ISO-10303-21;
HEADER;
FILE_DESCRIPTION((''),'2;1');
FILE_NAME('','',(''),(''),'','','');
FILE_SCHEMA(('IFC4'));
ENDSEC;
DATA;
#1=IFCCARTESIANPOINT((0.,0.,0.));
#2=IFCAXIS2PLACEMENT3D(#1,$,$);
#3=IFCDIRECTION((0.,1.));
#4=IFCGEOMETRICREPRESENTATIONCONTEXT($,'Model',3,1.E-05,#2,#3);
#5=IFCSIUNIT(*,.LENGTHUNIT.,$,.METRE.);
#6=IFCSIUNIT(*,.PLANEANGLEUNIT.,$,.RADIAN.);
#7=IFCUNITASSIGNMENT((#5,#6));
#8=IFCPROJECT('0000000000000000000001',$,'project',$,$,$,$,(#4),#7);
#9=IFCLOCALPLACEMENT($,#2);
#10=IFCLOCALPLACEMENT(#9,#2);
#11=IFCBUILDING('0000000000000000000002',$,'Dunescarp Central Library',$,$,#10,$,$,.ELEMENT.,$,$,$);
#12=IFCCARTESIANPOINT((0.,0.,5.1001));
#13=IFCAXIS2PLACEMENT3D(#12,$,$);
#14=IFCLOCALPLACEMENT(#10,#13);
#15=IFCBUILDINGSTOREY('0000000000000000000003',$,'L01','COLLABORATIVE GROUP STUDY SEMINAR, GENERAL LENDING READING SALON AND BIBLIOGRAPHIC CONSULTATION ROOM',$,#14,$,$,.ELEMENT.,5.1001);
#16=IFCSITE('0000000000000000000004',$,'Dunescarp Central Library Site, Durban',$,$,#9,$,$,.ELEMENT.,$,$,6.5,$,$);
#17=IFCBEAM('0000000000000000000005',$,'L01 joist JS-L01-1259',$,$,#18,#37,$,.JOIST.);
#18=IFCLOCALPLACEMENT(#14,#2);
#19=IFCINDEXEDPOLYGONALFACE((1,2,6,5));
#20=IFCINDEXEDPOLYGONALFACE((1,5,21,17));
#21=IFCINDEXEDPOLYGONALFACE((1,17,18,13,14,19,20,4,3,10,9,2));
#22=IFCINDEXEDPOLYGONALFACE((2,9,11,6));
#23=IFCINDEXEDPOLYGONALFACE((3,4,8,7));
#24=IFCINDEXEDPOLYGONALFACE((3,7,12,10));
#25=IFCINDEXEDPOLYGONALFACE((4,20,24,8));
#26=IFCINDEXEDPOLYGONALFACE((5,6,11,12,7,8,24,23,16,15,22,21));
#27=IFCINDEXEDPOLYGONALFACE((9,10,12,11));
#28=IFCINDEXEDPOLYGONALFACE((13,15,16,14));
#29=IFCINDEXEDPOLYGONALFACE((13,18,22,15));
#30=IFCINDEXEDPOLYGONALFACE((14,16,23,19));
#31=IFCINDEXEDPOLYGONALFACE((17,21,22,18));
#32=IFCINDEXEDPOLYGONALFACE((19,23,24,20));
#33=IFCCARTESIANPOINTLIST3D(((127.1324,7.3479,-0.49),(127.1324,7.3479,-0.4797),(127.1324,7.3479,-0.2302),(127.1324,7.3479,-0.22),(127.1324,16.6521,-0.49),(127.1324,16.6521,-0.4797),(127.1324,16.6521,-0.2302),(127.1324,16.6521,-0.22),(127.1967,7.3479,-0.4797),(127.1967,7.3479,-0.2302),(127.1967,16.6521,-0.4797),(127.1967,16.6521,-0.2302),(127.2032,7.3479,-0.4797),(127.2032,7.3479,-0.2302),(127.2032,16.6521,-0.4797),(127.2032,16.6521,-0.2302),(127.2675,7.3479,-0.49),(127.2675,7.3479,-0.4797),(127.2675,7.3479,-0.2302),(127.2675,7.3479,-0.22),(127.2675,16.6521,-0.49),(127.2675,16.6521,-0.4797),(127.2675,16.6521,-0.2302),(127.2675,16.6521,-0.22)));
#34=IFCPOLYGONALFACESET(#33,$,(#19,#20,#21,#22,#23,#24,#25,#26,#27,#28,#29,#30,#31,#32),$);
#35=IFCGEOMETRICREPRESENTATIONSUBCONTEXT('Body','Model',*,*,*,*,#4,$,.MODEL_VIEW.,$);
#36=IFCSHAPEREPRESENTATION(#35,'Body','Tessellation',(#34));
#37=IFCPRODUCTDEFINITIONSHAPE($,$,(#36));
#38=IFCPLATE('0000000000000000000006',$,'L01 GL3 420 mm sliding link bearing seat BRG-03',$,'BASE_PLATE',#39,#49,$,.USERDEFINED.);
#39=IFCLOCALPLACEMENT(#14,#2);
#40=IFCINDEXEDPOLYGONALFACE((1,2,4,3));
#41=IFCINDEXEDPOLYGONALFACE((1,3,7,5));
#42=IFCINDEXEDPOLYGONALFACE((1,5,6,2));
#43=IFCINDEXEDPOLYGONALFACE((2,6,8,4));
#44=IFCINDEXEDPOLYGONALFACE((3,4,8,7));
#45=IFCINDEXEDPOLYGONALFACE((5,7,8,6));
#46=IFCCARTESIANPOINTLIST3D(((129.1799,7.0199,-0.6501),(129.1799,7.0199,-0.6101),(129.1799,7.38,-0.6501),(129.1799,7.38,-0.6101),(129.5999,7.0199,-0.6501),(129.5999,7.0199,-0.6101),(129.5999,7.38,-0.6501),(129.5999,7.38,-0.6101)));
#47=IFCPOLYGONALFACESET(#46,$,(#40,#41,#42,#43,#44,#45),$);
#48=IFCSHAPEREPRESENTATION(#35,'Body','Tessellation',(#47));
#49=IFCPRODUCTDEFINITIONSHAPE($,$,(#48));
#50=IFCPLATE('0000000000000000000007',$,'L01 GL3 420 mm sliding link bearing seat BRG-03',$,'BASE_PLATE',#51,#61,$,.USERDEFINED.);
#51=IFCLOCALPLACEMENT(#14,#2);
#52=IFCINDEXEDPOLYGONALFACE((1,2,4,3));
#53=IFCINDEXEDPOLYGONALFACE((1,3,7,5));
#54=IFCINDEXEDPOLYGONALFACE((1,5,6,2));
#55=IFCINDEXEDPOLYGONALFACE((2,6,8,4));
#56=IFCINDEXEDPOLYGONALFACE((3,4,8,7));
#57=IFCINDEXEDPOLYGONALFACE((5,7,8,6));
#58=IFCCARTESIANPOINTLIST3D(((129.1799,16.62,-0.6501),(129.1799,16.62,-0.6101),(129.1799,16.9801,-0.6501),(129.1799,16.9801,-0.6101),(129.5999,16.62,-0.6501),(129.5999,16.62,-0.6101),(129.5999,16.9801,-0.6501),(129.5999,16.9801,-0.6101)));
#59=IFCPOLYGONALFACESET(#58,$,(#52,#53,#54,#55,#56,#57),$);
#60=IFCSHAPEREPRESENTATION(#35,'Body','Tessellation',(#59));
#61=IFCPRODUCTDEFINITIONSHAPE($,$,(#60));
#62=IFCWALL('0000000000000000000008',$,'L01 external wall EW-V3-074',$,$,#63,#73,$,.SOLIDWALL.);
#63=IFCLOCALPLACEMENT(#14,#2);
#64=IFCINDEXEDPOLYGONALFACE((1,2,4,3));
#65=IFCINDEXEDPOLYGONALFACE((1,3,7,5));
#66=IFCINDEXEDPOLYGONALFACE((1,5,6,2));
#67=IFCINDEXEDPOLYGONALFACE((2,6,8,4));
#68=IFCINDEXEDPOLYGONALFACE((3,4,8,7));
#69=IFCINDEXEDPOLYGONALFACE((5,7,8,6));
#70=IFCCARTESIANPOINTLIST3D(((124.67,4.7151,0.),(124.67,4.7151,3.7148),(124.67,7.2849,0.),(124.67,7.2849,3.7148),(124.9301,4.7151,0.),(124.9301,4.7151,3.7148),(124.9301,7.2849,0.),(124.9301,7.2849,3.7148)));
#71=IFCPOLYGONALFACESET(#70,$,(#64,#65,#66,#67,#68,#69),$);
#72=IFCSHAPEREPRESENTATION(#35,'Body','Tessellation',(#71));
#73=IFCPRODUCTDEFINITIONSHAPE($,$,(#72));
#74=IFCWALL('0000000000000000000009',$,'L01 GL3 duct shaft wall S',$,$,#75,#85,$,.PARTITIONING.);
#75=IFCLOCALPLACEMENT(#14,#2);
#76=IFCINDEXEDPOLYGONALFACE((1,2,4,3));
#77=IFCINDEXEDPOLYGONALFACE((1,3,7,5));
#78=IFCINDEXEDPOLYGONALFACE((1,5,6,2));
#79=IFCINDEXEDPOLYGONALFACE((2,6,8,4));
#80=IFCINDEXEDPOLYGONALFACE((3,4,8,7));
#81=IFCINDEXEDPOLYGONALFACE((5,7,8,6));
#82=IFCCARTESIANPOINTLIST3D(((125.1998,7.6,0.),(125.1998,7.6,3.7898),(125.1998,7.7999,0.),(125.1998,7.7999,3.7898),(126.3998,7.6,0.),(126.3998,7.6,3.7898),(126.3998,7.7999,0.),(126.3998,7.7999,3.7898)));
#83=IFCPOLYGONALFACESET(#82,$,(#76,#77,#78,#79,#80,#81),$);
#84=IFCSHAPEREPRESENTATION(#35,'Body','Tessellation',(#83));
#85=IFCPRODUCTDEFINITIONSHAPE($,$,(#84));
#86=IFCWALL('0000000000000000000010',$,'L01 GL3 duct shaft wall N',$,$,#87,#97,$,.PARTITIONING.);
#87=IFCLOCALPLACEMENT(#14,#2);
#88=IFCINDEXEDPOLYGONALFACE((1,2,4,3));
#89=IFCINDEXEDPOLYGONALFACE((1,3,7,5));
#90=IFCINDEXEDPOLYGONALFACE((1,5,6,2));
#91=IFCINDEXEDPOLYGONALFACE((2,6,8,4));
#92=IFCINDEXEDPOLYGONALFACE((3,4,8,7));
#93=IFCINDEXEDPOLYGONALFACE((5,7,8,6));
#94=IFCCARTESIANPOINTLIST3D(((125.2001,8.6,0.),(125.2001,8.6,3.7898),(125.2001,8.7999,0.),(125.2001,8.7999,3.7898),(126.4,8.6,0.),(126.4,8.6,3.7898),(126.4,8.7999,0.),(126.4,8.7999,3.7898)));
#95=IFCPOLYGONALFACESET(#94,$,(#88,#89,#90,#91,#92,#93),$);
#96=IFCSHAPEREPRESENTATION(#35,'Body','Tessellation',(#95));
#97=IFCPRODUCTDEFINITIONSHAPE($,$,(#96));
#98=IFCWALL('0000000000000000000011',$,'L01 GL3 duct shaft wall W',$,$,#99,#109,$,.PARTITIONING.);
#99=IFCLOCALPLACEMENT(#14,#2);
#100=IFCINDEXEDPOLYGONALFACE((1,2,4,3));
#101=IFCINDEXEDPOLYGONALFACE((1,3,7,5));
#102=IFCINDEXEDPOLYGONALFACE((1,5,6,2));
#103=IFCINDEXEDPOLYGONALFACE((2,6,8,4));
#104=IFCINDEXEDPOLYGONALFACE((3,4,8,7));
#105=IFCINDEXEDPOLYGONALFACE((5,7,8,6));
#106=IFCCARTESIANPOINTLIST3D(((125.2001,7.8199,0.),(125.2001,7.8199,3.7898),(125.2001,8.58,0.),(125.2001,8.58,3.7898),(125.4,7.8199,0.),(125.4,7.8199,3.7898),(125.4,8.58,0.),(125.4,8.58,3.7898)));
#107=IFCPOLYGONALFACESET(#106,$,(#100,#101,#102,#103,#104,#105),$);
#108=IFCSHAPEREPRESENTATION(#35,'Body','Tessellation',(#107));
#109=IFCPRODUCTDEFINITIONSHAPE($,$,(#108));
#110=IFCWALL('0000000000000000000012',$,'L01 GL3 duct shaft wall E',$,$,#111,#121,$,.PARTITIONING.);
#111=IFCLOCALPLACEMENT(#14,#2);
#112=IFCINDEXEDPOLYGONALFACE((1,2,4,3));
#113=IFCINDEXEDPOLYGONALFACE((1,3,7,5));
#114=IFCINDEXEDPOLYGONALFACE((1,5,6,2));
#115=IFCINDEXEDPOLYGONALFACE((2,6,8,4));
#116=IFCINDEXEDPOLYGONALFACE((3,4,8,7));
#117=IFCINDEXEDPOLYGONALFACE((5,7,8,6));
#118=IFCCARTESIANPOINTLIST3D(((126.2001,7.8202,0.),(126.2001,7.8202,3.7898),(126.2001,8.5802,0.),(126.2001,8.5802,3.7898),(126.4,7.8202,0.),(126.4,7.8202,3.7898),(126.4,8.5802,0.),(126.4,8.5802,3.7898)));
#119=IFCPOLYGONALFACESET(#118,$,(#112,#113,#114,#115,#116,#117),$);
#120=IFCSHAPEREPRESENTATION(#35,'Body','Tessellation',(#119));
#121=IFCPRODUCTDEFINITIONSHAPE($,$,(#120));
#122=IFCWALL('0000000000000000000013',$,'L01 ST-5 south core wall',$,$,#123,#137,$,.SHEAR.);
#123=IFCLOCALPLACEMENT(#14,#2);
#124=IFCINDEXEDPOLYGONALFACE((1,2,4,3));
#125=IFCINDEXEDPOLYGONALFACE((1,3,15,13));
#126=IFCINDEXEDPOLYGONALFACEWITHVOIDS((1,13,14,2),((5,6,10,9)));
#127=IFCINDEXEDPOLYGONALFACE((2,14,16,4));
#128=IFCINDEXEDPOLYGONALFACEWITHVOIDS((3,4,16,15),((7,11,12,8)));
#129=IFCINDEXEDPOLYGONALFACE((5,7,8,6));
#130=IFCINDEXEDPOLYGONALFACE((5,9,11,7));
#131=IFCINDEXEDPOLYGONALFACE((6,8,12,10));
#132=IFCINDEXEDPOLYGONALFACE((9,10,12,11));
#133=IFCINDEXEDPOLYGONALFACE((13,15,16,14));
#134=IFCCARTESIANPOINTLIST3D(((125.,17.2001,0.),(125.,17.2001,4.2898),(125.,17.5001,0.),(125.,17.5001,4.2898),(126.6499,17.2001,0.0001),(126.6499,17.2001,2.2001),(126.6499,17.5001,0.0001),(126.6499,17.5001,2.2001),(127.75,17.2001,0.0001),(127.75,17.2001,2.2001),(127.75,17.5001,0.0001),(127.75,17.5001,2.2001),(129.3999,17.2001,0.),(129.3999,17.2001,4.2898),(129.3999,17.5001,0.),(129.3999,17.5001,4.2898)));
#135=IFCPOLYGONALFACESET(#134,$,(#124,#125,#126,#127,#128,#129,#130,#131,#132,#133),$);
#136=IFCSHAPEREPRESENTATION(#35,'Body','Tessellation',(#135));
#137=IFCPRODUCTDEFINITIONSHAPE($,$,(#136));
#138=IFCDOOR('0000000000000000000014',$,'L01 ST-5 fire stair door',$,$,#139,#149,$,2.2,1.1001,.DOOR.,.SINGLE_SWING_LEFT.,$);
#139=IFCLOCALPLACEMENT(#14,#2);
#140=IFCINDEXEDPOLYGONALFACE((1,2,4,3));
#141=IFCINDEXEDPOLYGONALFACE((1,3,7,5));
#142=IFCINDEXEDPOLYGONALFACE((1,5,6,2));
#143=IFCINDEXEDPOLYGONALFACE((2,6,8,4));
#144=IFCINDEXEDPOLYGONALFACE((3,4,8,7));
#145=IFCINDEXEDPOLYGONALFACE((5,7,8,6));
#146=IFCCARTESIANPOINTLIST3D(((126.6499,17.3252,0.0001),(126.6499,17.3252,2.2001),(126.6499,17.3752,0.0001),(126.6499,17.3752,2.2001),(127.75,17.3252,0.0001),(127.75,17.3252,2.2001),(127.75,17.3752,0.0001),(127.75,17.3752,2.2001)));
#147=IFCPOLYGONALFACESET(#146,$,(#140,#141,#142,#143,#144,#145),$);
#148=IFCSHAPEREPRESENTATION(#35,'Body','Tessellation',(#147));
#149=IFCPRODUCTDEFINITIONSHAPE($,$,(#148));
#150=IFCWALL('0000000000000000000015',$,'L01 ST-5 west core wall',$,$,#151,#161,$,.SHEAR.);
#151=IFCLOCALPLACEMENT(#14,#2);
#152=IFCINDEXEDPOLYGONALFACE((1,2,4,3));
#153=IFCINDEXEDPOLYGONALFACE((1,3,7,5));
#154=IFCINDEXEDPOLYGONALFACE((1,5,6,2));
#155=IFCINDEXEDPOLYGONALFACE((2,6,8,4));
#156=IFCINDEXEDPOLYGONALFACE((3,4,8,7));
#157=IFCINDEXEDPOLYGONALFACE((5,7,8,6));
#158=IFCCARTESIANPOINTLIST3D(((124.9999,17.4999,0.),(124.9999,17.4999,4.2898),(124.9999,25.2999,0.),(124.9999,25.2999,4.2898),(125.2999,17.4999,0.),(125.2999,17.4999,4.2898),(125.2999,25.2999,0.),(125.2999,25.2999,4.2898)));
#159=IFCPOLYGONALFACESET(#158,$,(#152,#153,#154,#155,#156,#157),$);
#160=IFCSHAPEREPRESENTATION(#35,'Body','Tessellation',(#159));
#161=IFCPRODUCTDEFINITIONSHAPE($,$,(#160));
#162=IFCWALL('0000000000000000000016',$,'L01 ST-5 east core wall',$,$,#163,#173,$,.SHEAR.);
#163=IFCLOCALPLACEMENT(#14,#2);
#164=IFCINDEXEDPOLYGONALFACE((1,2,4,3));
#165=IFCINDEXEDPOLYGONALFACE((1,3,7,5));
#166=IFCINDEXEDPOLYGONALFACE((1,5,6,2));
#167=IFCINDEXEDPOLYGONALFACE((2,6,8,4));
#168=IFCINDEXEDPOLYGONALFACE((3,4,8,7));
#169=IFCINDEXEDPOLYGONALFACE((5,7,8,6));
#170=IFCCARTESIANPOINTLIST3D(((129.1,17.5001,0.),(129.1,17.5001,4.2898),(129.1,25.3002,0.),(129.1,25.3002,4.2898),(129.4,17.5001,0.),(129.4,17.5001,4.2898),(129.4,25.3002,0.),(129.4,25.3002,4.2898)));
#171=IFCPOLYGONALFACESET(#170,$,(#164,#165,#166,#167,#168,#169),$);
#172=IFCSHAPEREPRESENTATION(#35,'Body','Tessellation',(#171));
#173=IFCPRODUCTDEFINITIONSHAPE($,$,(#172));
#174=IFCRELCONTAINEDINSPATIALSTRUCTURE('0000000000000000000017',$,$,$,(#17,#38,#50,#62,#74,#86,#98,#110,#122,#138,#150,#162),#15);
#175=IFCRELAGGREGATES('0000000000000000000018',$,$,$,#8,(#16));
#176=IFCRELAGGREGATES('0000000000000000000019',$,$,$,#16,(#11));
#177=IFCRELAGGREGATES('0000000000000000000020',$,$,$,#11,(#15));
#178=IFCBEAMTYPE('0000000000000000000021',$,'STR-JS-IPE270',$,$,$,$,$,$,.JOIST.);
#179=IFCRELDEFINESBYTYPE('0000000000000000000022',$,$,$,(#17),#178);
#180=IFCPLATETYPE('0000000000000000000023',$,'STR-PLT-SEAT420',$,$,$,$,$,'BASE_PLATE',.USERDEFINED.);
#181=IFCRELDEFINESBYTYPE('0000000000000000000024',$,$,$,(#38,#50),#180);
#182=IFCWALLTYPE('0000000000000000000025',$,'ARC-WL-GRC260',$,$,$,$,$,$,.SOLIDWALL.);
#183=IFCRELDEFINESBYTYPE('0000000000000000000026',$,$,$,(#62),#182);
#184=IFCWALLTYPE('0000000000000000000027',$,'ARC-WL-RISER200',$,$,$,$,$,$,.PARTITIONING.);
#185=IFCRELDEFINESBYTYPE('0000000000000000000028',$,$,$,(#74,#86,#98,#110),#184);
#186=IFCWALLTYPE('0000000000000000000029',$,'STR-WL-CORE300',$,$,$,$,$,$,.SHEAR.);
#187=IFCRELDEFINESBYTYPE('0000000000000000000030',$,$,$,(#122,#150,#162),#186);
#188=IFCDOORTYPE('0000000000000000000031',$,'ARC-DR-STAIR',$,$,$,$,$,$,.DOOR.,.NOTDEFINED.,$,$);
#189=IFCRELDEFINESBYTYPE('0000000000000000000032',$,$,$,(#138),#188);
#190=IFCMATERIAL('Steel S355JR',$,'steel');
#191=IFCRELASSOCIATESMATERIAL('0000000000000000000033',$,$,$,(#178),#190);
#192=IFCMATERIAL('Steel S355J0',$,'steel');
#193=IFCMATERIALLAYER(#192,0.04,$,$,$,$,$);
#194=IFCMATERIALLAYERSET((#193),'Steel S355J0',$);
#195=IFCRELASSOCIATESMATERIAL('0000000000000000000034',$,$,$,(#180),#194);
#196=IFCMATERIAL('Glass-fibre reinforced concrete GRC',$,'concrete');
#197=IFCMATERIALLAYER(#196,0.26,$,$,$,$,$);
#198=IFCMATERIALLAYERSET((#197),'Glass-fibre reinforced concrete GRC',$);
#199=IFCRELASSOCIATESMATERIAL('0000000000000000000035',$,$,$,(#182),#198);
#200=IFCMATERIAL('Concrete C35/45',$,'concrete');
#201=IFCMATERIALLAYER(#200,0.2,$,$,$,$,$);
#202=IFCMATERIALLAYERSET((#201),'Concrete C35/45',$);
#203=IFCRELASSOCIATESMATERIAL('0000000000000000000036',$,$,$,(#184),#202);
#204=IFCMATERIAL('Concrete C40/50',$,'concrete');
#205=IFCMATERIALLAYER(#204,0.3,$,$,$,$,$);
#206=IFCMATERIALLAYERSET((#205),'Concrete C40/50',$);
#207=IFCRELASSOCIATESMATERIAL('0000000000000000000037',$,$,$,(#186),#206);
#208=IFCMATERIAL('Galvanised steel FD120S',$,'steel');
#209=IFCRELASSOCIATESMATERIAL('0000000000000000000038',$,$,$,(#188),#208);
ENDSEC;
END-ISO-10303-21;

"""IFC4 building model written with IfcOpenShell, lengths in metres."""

from ifc_helpers import new_model, si_unit, direction, frame, frame_2d, origin, origin_2d, place, context, subcontext, project, spatial, rectangle, i_section, extrude, material, layer, layer_set, material_profile, profile_set, type_object, element, fill, save


model = new_model("IFC4")

# Units and contexts
model_context = context("Model", 3, precision=1e-05, world=origin(), true_north=direction((0.0, 1.0)))
body_context = subcontext(model_context, "Body", "Model", "MODEL_VIEW")
ifc_project = project(units=[si_unit("LENGTHUNIT", "METRE"), si_unit("PLANEANGLEUNIT", "RADIAN")], contexts=[model_context])

# Site, building, storey
site_placement = place(None, origin())
site = spatial("IfcSite", under=ifc_project, at=site_placement, Name="Dunescarp Central Library Site, Durban", CompositionType="ELEMENT", RefElevation=6.5)
building_placement = place(site_placement, origin())
building = spatial("IfcBuilding", under=site, at=building_placement, Name="Dunescarp Central Library", CompositionType="ELEMENT")
storey_placement = place(building_placement, frame((0.0, 0.0, 5.1001)))
storey = spatial("IfcBuildingStorey", under=building, at=storey_placement, Name="L01", Description="COLLABORATIVE GROUP STUDY SEMINAR, GENERAL LENDING READING SALON AND BIBLIOGRAPHIC CONSULTATION ROOM", CompositionType="ELEMENT", Elevation=5.1001)

# Shared definitions
ifc_material_1 = material(Name="Steel S355JR", Category="steel")

# Beam
ifc_material_profile_1 = material_profile(ifc_material_1, i_section(OverallWidth=0.135, OverallDepth=0.27, WebThickness=0.0066, FlangeThickness=0.0103, at=origin_2d()), Name="IPE 270")
ifc_profile_set_1 = profile_set([ifc_material_profile_1], Name="Steel S355JR")
beam_type_1 = type_object("IfcBeamType", Name="STR-JS-IPE270", PredefinedType="JOIST", material=ifc_profile_set_1)
beam_1_placement = place(storey_placement, frame((127.2, 7.3479, -0.355), z_axis=(0.0, 1.0, 0.0), x_axis=(-1.0, 0.0, 0.0)))
element("IfcBeam", 1, at=beam_1_placement, inside=storey, type_object=beam_type_1, Name="L01 joist JS-L01-1259", PredefinedType="JOIST", context=body_context, shape_type="SweptSolid", body=[
    extrude(i_section(OverallWidth=0.135, OverallDepth=0.27, WebThickness=0.0066, FlangeThickness=0.0103, at=origin_2d()), origin(), (0.0, 0.0, 1.0), 9.3042),
])

# Plates
ifc_material_2 = material(Name="Steel S355J0", Category="steel")
ifc_layer_1 = layer(ifc_material_2, 0.04)
ifc_layer_set_1 = layer_set([ifc_layer_1], Name="Steel S355J0")
plate_type = type_object("IfcPlateType", Name="STR-PLT-SEAT420", ElementType="BASE_PLATE", PredefinedType="USERDEFINED", material=ifc_layer_set_1)
for number, where, z_axis, x_axis, name in (
    (2, (129.3899, 7.2, -0.6501), (0.0, 0.0, 1.0), (1.0, 0.0, 0.0), "L01 GL3 420 mm sliding link bearing seat BRG-03"),
    (3, (129.3899, 16.8, -0.6501), (0.0, 0.0, 1.0), (1.0, 0.0, 0.0), "L01 GL3 420 mm sliding link bearing seat BRG-03"),
):
    element("IfcPlate", number, at=place(storey_placement, frame(where, z_axis=z_axis, x_axis=x_axis)), inside=storey, type_object=plate_type, Name=name, ObjectType="BASE_PLATE", PredefinedType="USERDEFINED", context=body_context, shape_type="SweptSolid", body=[
        extrude(rectangle(XDim=0.4199, YDim=0.3601, at=origin_2d()), origin(), (0.0, 0.0, 1.0), 0.04),
    ])

# Walls
ifc_material_3 = material(Name="Glass-fibre reinforced concrete GRC", Category="concrete")
ifc_layer_2 = layer(ifc_material_3, 0.26)
ifc_layer_set_2 = layer_set([ifc_layer_2], Name="Glass-fibre reinforced concrete GRC")
wall_type_1 = type_object("IfcWallType", Name="ARC-WL-GRC260", PredefinedType="SOLIDWALL", material=ifc_layer_set_2)
wall_1_placement = place(storey_placement, frame((124.8, 7.2849, 0.0), z_axis=(0.0, 0.0, 1.0), x_axis=(0.0, -1.0, 0.0)))
element("IfcWall", 4, at=wall_1_placement, inside=storey, type_object=wall_type_1, Name="L01 external wall EW-V3-074", PredefinedType="SOLIDWALL", context=body_context, shape_type="SweptSolid", body=[
    extrude(rectangle(XDim=2.5698, YDim=0.26, at=frame_2d((1.2849, 0.0))), origin(), (0.0, 0.0, 1.0), 3.7148),
])
ifc_material_4 = material(Name="Concrete C35/45", Category="concrete")
ifc_layer_3 = layer(ifc_material_4, 0.2)
ifc_layer_set_3 = layer_set([ifc_layer_3], Name="Concrete C35/45")
wall_type_2 = type_object("IfcWallType", Name="ARC-WL-RISER200", PredefinedType="PARTITIONING", material=ifc_layer_set_3)
for number, where, z_axis, x_axis, name in (
    (5, (126.3999, 7.7, 0.0), (0.0, 0.0, 1.0), (-1.0, 0.0, 0.0), "L01 GL3 duct shaft wall S"),
    (6, (125.2, 8.7, 0.0), (0.0, 0.0, 1.0), (1.0, 0.0, 0.0), "L01 GL3 duct shaft wall N"),
):
    element("IfcWall", number, at=place(storey_placement, frame(where, z_axis=z_axis, x_axis=x_axis)), inside=storey, type_object=wall_type_2, Name=name, PredefinedType="PARTITIONING", context=body_context, shape_type="SweptSolid", body=[
        extrude(rectangle(XDim=1.2, YDim=0.2, at=frame_2d((0.6001, 0.0))), origin(), (0.0, 0.0, 1.0), 3.7898),
    ])
for number, where, z_axis, x_axis, name in (
    (7, (125.3, 7.8201, 0.0), (0.0, 0.0, 1.0), (0.0, 1.0, 0.0), "L01 GL3 duct shaft wall W"),
    (8, (126.3, 8.5801, 0.0), (0.0, 0.0, 1.0), (0.0, -1.0, 0.0), "L01 GL3 duct shaft wall E"),
):
    element("IfcWall", number, at=place(storey_placement, frame(where, z_axis=z_axis, x_axis=x_axis)), inside=storey, type_object=wall_type_2, Name=name, PredefinedType="PARTITIONING", context=body_context, shape_type="SweptSolid", body=[
        extrude(rectangle(XDim=0.76, YDim=0.2, at=frame_2d((0.3799, 0.0))), origin(), (0.0, 0.0, 1.0), 3.7898),
    ])

# Wall, opening, door
ifc_material_5 = material(Name="Concrete C40/50", Category="concrete")
ifc_layer_4 = layer(ifc_material_5, 0.3)
ifc_layer_set_4 = layer_set([ifc_layer_4], Name="Concrete C40/50")
wall_type_3 = type_object("IfcWallType", Name="STR-WL-CORE300", PredefinedType="SHEAR", material=ifc_layer_set_4)
wall_2_placement = place(storey_placement, frame((129.3999, 17.3501, 0.0), z_axis=(0.0, 0.0, 1.0), x_axis=(-1.0, 0.0, 0.0)))
wall_2 = element("IfcWall", 9, at=wall_2_placement, inside=storey, type_object=wall_type_3, Name="L01 ST-5 south core wall", PredefinedType="SHEAR", context=body_context, shape_type="SweptSolid", body=[
    extrude(rectangle(XDim=4.3999, YDim=0.3, at=frame_2d((2.2, 0.0))), origin(), (0.0, 0.0, 1.0), 4.2898),
])
opening_placement = place(wall_2_placement, frame((1.6499, 0.0, 0.0)))
opening = element("IfcOpeningElement", 10, at=opening_placement, cuts=wall_2, PredefinedType="OPENING", context=body_context, shape_type="SweptSolid", body=[
    extrude(rectangle(XDim=1.1001, YDim=2.2, at=frame_2d((0.55, 1.1001))), frame((0.0, 0.1602, 0.0), z_axis=(0.0, -1.0, 0.0), x_axis=(1.0, 0.0, 0.0)), (0.0, 0.0, 1.0), 0.3201),
])
ifc_material_6 = material(Name="Galvanised steel FD120S", Category="steel")
door_type = type_object("IfcDoorType", Name="ARC-DR-STAIR", OperationType="NOTDEFINED", PredefinedType="DOOR", material=ifc_material_6)
door_placement = place(opening_placement, origin())
door = element("IfcDoor", 11, at=door_placement, inside=storey, type_object=door_type, Name="L01 ST-5 fire stair door", OperationType="SINGLE_SWING_LEFT", OverallHeight=2.2, OverallWidth=1.1001, PredefinedType="DOOR", context=body_context, shape_type="SweptSolid", body=[
    extrude(rectangle(XDim=1.1001, YDim=2.2, at=frame_2d((0.55, 1.1001))), frame((0.0, 0.0249, 0.0), z_axis=(0.0, -1.0, 0.0), x_axis=(1.0, 0.0, 0.0)), (0.0, 0.0, 1.0), 0.05),
])
fill(opening, door)

# Walls
for number, where, z_axis, x_axis, name in (
    (12, (125.1499, 17.5, 0.0), (0.0, 0.0, 1.0), (0.0, 1.0, 0.0), "L01 ST-5 west core wall"),
    (13, (129.25, 25.3, 0.0), (0.0, 0.0, 1.0), (0.0, -1.0, 0.0), "L01 ST-5 east core wall"),
):
    element("IfcWall", number, at=place(storey_placement, frame(where, z_axis=z_axis, x_axis=x_axis)), inside=storey, type_object=wall_type_3, Name=name, PredefinedType="SHEAR", context=body_context, shape_type="SweptSolid", body=[
        extrude(rectangle(XDim=7.8, YDim=0.3, at=frame_2d((3.8999, 0.0))), origin(), (0.0, 0.0, 1.0), 4.2898),
    ])

save(model, "model.ifc")
